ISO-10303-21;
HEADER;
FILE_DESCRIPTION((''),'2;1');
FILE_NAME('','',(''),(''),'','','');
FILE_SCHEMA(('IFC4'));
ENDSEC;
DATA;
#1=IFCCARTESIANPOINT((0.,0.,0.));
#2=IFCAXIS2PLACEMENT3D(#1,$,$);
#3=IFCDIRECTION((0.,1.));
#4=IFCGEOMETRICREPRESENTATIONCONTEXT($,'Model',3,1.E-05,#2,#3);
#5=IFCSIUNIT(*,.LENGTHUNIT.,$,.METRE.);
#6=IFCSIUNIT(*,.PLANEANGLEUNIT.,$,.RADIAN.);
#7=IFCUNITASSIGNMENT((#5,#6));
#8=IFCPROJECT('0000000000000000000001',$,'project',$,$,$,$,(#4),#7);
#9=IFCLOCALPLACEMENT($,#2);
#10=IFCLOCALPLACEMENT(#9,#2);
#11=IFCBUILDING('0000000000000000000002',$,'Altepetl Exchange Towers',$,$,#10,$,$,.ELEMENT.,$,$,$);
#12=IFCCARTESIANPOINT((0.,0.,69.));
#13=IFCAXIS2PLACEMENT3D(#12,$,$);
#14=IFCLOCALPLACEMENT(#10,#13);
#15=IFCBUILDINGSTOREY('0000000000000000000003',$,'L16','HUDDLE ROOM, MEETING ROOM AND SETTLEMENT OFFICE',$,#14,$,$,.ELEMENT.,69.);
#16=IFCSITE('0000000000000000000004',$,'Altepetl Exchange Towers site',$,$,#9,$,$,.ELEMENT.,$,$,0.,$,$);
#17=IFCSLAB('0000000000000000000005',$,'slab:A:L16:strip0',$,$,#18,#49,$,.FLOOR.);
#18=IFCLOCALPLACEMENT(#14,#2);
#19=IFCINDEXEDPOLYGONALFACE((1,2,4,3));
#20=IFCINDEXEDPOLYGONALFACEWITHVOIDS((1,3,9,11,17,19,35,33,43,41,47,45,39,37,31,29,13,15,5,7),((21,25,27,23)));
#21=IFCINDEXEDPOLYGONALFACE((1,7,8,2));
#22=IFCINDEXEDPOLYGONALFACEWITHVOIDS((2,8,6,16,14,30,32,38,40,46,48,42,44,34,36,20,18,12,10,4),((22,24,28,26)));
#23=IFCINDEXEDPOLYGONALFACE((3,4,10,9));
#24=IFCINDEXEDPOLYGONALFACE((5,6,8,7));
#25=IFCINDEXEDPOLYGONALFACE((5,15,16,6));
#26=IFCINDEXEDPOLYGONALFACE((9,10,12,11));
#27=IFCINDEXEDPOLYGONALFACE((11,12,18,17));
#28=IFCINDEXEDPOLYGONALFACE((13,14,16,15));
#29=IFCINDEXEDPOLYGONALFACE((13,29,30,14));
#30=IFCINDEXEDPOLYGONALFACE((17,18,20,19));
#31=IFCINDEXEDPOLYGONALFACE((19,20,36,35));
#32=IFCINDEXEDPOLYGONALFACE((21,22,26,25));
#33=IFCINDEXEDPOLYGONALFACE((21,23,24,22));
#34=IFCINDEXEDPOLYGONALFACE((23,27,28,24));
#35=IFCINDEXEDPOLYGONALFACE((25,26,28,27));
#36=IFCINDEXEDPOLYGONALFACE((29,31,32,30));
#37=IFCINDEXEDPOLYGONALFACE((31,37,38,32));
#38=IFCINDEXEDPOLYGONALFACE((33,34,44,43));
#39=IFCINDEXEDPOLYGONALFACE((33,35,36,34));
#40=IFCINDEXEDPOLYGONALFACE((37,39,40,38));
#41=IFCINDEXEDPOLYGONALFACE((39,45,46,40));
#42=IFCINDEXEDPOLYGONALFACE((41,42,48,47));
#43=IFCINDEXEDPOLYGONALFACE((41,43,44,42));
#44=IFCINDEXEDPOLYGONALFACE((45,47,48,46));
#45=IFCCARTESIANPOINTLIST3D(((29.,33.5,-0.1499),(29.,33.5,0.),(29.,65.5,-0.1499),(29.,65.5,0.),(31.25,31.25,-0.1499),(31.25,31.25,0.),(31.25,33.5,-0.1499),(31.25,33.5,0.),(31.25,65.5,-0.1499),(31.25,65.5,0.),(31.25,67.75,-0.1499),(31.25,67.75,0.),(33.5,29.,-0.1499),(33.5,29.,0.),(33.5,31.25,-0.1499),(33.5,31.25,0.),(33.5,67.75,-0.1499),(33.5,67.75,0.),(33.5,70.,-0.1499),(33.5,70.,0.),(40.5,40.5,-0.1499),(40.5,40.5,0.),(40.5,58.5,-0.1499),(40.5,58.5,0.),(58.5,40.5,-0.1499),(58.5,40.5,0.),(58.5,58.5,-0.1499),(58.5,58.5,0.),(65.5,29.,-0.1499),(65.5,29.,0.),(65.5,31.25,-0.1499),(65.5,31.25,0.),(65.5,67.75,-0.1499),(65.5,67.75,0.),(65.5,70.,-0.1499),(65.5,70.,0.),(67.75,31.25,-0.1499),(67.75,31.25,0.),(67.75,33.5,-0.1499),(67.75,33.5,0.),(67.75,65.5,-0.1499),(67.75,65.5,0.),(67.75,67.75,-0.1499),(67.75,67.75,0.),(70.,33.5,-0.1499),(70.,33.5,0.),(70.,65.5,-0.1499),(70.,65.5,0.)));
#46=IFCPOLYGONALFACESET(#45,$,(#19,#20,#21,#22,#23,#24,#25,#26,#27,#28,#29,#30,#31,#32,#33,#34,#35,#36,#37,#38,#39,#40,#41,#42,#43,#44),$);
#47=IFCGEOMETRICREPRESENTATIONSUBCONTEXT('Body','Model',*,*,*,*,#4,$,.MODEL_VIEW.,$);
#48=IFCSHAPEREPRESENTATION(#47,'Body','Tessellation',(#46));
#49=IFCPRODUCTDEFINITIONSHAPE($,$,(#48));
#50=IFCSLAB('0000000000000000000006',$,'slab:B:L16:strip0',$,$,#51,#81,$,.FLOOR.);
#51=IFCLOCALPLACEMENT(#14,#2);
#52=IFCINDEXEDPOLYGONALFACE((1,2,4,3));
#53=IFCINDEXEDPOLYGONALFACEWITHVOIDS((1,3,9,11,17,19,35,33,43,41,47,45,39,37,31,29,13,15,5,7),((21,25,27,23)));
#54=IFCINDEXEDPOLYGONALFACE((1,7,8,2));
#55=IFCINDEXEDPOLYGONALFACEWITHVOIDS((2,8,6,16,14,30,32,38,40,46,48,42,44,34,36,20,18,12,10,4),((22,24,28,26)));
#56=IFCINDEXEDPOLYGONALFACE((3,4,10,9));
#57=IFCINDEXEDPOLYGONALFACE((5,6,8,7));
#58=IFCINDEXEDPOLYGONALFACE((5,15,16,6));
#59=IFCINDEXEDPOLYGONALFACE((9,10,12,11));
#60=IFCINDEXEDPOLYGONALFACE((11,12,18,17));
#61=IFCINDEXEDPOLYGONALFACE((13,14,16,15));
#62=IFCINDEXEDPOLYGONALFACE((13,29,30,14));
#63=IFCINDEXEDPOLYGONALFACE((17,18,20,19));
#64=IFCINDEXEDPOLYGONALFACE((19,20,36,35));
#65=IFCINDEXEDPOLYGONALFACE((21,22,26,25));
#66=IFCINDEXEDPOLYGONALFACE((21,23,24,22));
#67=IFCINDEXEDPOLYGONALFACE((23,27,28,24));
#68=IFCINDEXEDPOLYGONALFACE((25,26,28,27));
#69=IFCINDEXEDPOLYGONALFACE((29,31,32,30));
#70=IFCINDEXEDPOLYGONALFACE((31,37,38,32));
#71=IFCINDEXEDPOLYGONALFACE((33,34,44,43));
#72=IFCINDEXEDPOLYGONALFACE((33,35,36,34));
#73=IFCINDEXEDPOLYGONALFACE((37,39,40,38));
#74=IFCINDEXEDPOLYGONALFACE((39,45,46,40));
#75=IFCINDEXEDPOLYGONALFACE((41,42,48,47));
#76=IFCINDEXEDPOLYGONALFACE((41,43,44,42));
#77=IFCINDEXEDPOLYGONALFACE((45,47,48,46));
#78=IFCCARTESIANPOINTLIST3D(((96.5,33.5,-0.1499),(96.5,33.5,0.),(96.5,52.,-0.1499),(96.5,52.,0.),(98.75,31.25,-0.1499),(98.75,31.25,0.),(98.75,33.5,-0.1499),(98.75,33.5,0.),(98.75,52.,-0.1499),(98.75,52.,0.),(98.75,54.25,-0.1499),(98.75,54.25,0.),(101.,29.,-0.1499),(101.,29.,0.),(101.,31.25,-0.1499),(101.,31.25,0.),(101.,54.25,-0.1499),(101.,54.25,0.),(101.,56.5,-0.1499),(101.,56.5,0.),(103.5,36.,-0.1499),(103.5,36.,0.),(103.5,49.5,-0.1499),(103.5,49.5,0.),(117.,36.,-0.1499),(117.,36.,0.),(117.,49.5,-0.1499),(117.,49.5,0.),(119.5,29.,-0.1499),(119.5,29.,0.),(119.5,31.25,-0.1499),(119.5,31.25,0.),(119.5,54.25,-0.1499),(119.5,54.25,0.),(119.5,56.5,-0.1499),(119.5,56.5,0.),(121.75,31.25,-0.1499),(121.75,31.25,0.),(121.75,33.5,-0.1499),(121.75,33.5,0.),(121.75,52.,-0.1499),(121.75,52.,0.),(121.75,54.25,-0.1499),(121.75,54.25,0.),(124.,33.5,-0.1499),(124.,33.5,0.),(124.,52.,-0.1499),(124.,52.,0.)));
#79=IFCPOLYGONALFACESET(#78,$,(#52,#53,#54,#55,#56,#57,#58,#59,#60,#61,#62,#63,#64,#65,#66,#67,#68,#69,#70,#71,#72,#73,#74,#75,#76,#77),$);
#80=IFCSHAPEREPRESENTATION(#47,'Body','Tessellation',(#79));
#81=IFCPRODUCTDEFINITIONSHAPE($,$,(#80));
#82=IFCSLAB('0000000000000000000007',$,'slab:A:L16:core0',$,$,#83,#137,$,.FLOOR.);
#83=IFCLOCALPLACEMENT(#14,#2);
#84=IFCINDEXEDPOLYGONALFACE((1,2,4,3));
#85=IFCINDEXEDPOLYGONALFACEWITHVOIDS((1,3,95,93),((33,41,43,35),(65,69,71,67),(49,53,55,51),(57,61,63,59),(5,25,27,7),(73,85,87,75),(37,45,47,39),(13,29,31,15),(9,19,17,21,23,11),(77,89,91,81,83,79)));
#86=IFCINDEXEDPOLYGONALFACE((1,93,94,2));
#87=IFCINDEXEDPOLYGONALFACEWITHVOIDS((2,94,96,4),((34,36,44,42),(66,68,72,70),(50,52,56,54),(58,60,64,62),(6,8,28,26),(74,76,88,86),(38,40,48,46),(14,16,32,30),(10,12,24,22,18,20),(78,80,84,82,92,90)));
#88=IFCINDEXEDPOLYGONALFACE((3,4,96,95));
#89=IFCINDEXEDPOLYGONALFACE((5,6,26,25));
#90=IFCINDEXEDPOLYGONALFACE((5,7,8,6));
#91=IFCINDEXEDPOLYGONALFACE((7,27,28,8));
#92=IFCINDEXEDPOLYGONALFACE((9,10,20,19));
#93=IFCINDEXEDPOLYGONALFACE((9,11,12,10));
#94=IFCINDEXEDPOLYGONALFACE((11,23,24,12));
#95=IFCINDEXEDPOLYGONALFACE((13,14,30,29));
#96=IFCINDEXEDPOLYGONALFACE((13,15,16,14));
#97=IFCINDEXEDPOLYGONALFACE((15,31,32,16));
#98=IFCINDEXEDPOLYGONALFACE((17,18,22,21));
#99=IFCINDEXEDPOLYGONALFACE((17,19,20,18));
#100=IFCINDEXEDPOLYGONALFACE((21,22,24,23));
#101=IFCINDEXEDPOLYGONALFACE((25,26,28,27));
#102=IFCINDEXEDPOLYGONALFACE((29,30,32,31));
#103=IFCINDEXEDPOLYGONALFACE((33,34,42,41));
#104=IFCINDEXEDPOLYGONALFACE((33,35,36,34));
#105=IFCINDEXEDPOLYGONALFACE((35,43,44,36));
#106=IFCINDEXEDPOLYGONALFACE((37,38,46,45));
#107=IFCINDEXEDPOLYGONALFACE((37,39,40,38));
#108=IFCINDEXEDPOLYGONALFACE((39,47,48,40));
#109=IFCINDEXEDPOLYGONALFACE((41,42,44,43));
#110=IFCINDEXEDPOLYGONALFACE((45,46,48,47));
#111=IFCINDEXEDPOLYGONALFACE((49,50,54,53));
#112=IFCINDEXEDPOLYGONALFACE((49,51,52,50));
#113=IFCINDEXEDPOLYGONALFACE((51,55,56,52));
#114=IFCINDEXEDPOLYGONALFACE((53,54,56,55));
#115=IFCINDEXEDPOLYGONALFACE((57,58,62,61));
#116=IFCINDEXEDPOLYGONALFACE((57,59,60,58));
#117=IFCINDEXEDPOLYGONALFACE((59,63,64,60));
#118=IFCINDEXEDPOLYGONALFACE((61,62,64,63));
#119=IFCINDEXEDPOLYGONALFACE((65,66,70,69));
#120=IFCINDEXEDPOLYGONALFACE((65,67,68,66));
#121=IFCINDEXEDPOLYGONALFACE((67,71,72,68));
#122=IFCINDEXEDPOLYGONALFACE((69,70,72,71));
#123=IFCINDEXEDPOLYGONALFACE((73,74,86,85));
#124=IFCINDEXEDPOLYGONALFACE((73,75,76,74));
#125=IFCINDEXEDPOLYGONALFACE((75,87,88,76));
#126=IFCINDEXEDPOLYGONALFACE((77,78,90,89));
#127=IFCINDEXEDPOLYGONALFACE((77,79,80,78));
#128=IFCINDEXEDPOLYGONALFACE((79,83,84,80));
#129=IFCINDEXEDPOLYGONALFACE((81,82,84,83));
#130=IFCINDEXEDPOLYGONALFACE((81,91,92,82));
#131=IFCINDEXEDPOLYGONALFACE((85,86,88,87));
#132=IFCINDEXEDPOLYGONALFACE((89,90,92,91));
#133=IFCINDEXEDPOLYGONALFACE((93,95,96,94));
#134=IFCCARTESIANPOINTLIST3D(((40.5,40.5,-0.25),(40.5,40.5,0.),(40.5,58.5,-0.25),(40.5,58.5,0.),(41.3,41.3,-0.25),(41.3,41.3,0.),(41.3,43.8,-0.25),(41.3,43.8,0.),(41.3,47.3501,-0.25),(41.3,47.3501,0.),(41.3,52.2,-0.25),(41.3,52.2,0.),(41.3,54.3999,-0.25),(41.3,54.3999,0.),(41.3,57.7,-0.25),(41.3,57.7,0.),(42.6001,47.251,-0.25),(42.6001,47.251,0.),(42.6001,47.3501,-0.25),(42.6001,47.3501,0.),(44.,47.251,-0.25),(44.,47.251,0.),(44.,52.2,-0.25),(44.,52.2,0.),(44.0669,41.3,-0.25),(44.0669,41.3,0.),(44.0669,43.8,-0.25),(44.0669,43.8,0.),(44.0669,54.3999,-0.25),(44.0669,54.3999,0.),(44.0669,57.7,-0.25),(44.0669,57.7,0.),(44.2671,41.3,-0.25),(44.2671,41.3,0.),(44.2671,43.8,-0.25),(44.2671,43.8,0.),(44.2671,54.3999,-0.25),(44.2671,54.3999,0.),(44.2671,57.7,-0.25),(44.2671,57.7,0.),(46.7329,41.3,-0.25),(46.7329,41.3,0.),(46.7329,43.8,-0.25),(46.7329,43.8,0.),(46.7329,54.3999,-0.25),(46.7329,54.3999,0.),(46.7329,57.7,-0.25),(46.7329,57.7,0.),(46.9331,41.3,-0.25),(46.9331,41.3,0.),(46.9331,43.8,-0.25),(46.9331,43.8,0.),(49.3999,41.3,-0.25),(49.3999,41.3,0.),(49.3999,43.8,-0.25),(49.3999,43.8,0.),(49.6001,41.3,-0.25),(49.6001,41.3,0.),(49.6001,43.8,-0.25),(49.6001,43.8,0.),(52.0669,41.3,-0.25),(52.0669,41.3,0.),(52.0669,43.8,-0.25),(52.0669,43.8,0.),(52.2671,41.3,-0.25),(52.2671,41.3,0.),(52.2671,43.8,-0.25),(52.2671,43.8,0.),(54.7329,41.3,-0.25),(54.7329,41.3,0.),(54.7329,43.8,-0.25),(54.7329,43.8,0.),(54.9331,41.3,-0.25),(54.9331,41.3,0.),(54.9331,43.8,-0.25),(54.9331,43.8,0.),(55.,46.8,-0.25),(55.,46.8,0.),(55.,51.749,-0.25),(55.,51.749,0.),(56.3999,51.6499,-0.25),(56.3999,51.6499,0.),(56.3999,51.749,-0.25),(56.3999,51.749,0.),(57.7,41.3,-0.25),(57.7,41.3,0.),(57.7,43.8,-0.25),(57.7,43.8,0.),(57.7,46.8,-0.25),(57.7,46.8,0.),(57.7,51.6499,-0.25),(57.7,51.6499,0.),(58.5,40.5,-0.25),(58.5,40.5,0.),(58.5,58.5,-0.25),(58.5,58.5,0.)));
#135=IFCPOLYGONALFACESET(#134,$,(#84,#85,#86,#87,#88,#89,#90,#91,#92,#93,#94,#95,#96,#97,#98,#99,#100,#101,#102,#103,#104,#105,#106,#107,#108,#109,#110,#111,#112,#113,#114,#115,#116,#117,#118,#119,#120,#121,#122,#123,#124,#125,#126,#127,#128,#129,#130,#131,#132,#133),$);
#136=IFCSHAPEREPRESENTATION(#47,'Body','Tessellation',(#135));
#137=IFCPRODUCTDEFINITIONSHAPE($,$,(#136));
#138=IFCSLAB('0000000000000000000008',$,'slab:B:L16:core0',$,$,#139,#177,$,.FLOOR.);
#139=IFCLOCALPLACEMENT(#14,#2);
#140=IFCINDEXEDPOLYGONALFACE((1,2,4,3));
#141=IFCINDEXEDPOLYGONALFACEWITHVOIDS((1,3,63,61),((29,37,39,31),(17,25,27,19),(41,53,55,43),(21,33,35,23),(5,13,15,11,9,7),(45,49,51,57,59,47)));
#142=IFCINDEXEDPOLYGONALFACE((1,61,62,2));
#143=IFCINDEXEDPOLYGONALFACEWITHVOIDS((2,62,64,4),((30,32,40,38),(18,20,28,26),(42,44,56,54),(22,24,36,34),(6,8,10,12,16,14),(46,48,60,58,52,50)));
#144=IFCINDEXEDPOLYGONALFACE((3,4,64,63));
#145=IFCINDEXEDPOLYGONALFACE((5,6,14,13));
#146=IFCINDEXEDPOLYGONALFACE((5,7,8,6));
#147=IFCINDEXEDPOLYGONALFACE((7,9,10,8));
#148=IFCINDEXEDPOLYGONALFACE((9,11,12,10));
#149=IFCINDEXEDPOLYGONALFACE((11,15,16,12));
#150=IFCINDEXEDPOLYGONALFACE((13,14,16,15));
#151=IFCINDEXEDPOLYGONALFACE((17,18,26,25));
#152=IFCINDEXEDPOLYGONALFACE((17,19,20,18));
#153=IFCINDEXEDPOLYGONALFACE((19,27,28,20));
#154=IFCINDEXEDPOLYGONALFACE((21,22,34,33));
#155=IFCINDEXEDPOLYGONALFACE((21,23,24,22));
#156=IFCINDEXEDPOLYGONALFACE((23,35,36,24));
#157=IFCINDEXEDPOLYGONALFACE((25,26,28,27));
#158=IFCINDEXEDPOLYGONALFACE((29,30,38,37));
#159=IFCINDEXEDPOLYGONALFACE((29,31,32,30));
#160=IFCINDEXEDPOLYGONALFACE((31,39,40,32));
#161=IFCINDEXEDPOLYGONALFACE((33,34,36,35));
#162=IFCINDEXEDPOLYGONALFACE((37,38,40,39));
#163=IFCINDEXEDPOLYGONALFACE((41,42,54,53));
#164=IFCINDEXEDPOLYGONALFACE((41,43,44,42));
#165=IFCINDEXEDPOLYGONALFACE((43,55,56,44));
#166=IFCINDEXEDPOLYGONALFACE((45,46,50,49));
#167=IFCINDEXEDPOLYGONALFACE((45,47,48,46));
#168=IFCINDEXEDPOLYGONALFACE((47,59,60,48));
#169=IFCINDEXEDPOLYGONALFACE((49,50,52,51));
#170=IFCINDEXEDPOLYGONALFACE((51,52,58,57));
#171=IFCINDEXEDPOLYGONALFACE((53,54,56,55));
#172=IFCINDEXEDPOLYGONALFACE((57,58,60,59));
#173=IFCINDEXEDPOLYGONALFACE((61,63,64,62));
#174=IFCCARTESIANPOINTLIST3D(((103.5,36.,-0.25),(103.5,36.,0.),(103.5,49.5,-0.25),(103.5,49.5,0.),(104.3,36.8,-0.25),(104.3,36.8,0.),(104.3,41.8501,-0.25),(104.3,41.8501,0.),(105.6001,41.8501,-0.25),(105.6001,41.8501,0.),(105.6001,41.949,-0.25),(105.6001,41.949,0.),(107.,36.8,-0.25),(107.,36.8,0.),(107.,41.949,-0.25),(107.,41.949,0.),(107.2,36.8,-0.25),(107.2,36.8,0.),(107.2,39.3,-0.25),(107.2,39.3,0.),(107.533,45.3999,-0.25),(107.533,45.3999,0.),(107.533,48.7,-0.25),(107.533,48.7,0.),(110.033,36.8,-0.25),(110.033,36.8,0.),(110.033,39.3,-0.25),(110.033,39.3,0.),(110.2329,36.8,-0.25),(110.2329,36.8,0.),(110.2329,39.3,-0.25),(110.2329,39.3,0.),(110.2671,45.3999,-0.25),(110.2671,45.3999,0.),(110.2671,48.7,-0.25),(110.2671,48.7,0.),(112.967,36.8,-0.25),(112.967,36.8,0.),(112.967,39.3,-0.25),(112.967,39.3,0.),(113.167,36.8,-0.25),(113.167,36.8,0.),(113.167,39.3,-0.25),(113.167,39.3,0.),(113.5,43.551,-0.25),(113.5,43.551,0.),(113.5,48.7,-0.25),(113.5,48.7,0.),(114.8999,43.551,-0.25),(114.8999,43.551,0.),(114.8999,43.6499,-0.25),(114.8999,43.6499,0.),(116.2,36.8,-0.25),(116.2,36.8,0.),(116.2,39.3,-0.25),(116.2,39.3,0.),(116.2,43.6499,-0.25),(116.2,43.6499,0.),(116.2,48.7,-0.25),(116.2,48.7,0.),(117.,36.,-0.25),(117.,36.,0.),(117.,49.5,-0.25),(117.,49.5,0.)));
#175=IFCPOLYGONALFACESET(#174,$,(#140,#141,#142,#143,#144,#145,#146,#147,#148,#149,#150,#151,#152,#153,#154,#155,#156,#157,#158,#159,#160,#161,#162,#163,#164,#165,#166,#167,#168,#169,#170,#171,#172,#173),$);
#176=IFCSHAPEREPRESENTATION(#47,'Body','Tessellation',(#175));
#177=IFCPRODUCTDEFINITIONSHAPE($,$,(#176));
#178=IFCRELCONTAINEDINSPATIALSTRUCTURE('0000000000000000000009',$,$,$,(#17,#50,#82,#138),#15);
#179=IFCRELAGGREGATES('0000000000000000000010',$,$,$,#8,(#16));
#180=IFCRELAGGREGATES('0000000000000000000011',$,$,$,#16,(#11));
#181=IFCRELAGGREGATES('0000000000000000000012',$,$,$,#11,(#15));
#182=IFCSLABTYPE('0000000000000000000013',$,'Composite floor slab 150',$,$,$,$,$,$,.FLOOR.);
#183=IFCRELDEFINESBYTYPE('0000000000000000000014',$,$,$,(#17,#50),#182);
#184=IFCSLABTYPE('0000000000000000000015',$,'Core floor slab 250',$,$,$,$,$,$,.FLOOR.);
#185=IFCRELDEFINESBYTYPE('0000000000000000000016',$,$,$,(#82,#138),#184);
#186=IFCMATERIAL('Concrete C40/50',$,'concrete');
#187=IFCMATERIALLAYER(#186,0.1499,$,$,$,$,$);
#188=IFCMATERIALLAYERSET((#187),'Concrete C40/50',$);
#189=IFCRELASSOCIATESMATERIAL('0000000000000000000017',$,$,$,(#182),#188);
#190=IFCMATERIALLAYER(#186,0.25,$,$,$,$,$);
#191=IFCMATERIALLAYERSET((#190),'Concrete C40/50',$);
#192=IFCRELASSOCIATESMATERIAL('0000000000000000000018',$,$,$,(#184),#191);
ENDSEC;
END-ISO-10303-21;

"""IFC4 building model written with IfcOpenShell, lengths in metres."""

from ifc_helpers import new_model, si_unit, direction, frame, origin, place, context, subcontext, project, spatial, polyline, outline, extrude, material, layer, layer_set, type_object, element, save


model = new_model("IFC4")

# Units and contexts
model_context = context("Model", 3, precision=1e-05, world=origin(), true_north=direction((0.0, 1.0)))
body_context = subcontext(model_context, "Body", "Model", "MODEL_VIEW")
ifc_project = project(units=[si_unit("LENGTHUNIT", "METRE"), si_unit("PLANEANGLEUNIT", "RADIAN")], contexts=[model_context])

# Site, building, storey
site_placement = place(None, origin())
site = spatial("IfcSite", under=ifc_project, at=site_placement, Name="Altepetl Exchange Towers site", CompositionType="ELEMENT", RefElevation=0.0)
building_placement = place(site_placement, origin())
building = spatial("IfcBuilding", under=site, at=building_placement, Name="Altepetl Exchange Towers", CompositionType="ELEMENT")
storey_placement = place(building_placement, frame((0.0, 0.0, 69.0)))
storey = spatial("IfcBuildingStorey", under=building, at=storey_placement, Name="L16", Description="HUDDLE ROOM, MEETING ROOM AND SETTLEMENT OFFICE", CompositionType="ELEMENT", Elevation=69.0)

# Slabs
ifc_material_1 = material(Name="Concrete C40/50", Category="concrete")
ifc_layer_1 = layer(ifc_material_1, 0.1499)
ifc_layer_set_1 = layer_set([ifc_layer_1], Name="Concrete C40/50")
slab_type_1 = type_object("IfcSlabType", Name="Composite floor slab 150", PredefinedType="FLOOR", material=ifc_layer_set_1)
slab_1_placement = place(storey_placement, frame((0.0, 0.0, -0.1499)))
element("IfcSlab", 1, at=slab_1_placement, inside=storey, type_object=slab_type_1, Name="slab:A:L16:strip0", PredefinedType="FLOOR", context=body_context, shape_type="SweptSolid", body=[
    extrude(outline(polyline([(31.25, 67.75), (31.25, 65.5), (29.0, 65.5), (29.0, 33.5), (31.25, 33.5), (31.25, 31.25), (33.5, 31.25), (33.5, 29.0), (65.5, 29.0), (65.5, 31.25), (67.75, 31.25), (67.75, 33.5), (70.0, 33.5), (70.0, 65.5), (67.75, 65.5), (67.75, 67.75), (65.5, 67.75), (65.5, 70.0), (33.5, 70.0), (33.5, 67.75), (31.25, 67.75)]), holes=[polyline([(58.5, 58.5), (58.5, 40.5), (40.5, 40.5), (40.5, 58.5), (58.5, 58.5)])]), origin(), (0.0, 0.0, 1.0), 0.1499),
])
slab_2_placement = place(storey_placement, frame((0.0, 0.0, -0.1499)))
element("IfcSlab", 2, at=slab_2_placement, inside=storey, type_object=slab_type_1, Name="slab:B:L16:strip0", PredefinedType="FLOOR", context=body_context, shape_type="SweptSolid", body=[
    extrude(outline(polyline([(98.75, 54.25), (98.75, 52.0), (96.5, 52.0), (96.5, 33.5), (98.75, 33.5), (98.75, 31.25), (101.0, 31.25), (101.0, 29.0), (119.5, 29.0), (119.5, 31.25), (121.75, 31.25), (121.75, 33.5), (124.0, 33.5), (124.0, 52.0), (121.75, 52.0), (121.75, 54.25), (119.5, 54.25), (119.5, 56.5), (101.0, 56.5), (101.0, 54.25), (98.75, 54.25)]), holes=[polyline([(117.0, 49.5), (117.0, 36.0), (103.5, 36.0), (103.5, 49.5), (117.0, 49.5)])]), origin(), (0.0, 0.0, 1.0), 0.1499),
])
ifc_layer_2 = layer(ifc_material_1, 0.25)
ifc_layer_set_2 = layer_set([ifc_layer_2], Name="Concrete C40/50")
slab_type_2 = type_object("IfcSlabType", Name="Core floor slab 250", PredefinedType="FLOOR", material=ifc_layer_set_2)
slab_3_placement = place(storey_placement, frame((0.0, 0.0, -0.25)))
element("IfcSlab", 3, at=slab_3_placement, inside=storey, type_object=slab_type_2, Name="slab:A:L16:core0", PredefinedType="FLOOR", context=body_context, shape_type="SweptSolid", body=[
    extrude(outline(polyline([(40.5, 40.5), (58.5, 40.5), (58.5, 58.5), (40.5, 58.5), (40.5, 40.5)]), holes=[polyline([(41.3, 43.8), (44.0669, 43.8), (44.0669, 41.3), (41.3, 41.3), (41.3, 43.8)]), polyline([(44.2671, 43.8), (46.7329, 43.8), (46.7329, 41.3), (44.2671, 41.3), (44.2671, 43.8)]), polyline([(46.9331, 43.8), (49.3999, 43.8), (49.3999, 41.3), (46.9331, 41.3), (46.9331, 43.8)]), polyline([(52.0669, 43.8), (52.0669, 41.3), (49.6001, 41.3), (49.6001, 43.8), (52.0669, 43.8)]), polyline([(54.7329, 43.8), (54.7329, 41.3), (52.2671, 41.3), (52.2671, 43.8), (54.7329, 43.8)]), polyline([(54.9331, 43.8), (57.7, 43.8), (57.7, 41.3), (54.9331, 41.3), (54.9331, 43.8)]), polyline([(55.0, 51.749), (56.3999, 51.749), (56.3999, 51.6499), (57.7, 51.6499), (57.7, 46.8), (55.0, 46.8), (55.0, 51.749)]), polyline([(44.0, 47.251), (42.6001, 47.251), (42.6001, 47.3501), (41.3, 47.3501), (41.3, 52.2), (44.0, 52.2), (44.0, 47.251)]), polyline([(44.0669, 57.7), (44.0669, 54.3999), (41.3, 54.3999), (41.3, 57.7), (44.0669, 57.7)]), polyline([(46.7329, 57.7), (46.7329, 54.3999), (44.2671, 54.3999), (44.2671, 57.7), (46.7329, 57.7)])]), origin(), (0.0, 0.0, 1.0), 0.25),
])
slab_4_placement = place(storey_placement, frame((0.0, 0.0, -0.25)))
element("IfcSlab", 4, at=slab_4_placement, inside=storey, type_object=slab_type_2, Name="slab:B:L16:core0", PredefinedType="FLOOR", context=body_context, shape_type="SweptSolid", body=[
    extrude(outline(polyline([(103.5, 36.0), (117.0, 36.0), (117.0, 49.5), (103.5, 49.5), (103.5, 36.0)]), holes=[polyline([(107.2, 36.8), (107.2, 39.3), (110.033, 39.3), (110.033, 36.8), (107.2, 36.8)]), polyline([(110.2329, 39.3), (112.967, 39.3), (112.967, 36.8), (110.2329, 36.8), (110.2329, 39.3)]), polyline([(113.167, 39.3), (116.2, 39.3), (116.2, 36.8), (113.167, 36.8), (113.167, 39.3)]), polyline([(107.0, 36.8), (104.3, 36.8), (104.3, 41.8501), (105.6001, 41.8501), (105.6001, 41.949), (107.0, 41.949), (107.0, 36.8)]), polyline([(116.2, 48.7), (116.2, 43.6499), (114.8999, 43.6499), (114.8999, 43.551), (113.5, 43.551), (113.5, 48.7), (116.2, 48.7)]), polyline([(107.533, 48.7), (110.2671, 48.7), (110.2671, 45.3999), (107.533, 45.3999), (107.533, 48.7)])]), origin(), (0.0, 0.0, 1.0), 0.25),
])

save(model, "model.ifc")
